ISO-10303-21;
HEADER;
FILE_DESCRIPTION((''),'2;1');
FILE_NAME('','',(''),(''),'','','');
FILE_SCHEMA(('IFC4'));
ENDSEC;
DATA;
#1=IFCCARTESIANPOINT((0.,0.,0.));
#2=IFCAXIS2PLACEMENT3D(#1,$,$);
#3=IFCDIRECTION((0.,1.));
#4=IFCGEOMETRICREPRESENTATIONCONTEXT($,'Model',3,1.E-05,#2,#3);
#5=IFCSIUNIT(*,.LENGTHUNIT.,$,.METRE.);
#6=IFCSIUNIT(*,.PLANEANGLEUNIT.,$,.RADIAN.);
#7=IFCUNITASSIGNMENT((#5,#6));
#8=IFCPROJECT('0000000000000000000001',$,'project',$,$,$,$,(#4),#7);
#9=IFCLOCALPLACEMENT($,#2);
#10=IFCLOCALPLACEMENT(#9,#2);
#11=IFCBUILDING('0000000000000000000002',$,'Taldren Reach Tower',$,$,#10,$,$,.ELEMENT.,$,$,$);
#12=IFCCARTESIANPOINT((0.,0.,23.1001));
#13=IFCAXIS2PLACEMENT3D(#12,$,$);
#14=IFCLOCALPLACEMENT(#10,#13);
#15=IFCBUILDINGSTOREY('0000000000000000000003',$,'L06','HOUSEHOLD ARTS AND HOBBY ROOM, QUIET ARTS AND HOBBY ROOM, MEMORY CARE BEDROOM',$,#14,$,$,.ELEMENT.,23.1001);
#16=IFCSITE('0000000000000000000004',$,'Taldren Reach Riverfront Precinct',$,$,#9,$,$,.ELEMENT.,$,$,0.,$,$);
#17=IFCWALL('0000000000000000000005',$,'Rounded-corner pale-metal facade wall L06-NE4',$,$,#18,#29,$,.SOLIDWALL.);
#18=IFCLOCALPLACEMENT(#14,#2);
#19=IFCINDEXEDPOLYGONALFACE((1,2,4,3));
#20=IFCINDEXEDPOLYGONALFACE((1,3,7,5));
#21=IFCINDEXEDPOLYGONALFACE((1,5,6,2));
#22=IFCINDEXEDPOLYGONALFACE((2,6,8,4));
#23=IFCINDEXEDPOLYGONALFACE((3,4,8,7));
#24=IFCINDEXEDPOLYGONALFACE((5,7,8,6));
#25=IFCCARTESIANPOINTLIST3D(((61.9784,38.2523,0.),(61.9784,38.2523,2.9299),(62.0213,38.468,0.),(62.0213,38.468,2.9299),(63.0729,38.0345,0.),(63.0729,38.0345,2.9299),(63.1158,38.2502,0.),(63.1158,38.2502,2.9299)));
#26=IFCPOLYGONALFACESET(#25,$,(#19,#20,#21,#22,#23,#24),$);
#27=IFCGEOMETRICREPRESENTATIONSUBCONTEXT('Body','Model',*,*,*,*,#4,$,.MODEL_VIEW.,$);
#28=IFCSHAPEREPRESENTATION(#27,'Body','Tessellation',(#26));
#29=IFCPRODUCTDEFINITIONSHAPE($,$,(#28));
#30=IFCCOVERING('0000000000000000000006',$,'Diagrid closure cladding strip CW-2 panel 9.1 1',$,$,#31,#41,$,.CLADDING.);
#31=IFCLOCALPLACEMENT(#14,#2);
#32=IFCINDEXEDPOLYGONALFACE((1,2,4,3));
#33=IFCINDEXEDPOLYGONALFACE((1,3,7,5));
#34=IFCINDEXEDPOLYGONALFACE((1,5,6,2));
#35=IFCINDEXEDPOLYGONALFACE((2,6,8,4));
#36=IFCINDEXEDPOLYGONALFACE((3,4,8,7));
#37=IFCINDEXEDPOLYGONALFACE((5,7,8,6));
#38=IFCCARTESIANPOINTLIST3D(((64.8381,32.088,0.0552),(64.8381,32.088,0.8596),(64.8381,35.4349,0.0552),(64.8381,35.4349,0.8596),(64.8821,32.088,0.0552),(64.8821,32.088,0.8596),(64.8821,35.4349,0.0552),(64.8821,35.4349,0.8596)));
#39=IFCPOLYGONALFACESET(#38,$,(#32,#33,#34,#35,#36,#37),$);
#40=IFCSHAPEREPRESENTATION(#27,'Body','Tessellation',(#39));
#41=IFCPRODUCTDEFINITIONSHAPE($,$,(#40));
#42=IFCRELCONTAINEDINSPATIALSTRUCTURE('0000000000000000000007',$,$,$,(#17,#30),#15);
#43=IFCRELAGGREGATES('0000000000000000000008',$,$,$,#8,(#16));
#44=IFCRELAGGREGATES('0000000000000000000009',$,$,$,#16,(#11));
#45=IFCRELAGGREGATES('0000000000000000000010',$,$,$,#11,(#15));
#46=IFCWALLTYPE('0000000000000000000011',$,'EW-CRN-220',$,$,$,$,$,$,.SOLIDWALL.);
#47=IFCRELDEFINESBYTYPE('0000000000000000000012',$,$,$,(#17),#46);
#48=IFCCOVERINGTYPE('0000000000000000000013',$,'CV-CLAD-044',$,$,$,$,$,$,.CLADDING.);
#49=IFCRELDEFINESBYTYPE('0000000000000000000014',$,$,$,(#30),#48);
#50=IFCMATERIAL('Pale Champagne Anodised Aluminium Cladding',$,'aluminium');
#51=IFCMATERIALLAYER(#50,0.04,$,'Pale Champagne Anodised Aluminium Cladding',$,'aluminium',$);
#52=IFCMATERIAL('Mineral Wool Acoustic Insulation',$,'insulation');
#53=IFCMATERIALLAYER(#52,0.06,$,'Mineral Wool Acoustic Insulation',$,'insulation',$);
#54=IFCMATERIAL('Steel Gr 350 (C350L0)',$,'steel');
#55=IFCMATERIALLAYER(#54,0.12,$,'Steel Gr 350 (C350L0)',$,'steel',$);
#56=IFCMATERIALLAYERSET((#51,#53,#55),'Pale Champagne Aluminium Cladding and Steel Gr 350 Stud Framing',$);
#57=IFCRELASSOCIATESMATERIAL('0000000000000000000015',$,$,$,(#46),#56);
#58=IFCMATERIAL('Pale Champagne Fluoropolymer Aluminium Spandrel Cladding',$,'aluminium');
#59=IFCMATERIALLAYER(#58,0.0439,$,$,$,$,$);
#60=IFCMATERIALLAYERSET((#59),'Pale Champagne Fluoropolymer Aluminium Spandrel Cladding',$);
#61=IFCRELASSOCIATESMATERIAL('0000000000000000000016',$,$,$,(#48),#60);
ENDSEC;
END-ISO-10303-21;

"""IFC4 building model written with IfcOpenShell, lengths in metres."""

from ifc_helpers import new_model, si_unit, direction, frame, frame_2d, origin, origin_2d, place, context, subcontext, project, spatial, rectangle, extrude, source, transform, mapped, material, layer, layer_set, type_object, element, save


model = new_model("IFC4")

# Units and contexts
model_context = context("Model", 3, precision=1e-05, world=origin(), true_north=direction((0.0, 1.0)))
body_context = subcontext(model_context, "Body", "Model", "MODEL_VIEW")
ifc_project = project(units=[si_unit("LENGTHUNIT", "METRE"), si_unit("PLANEANGLEUNIT", "RADIAN")], contexts=[model_context])

# Site, building, storey
site_placement = place(None, origin())
site = spatial("IfcSite", under=ifc_project, at=site_placement, Name="Taldren Reach Riverfront Precinct", CompositionType="ELEMENT", RefElevation=0.0)
building_placement = place(site_placement, origin())
building = spatial("IfcBuilding", under=site, at=building_placement, Name="Taldren Reach Tower", CompositionType="ELEMENT")
storey_placement = place(building_placement, frame((0.0, 0.0, 23.1001)))
storey = spatial("IfcBuildingStorey", under=building, at=storey_placement, Name="L06", Description="HOUSEHOLD ARTS AND HOBBY ROOM, QUIET ARTS AND HOBBY ROOM, MEMORY CARE BEDROOM", CompositionType="ELEMENT", Elevation=23.1001)

# Shared definitions
ifc_material_1 = material(Name="Steel Gr 350 (C350L0)", Category="steel")

# Wall
ifc_material_2 = material(Name="Pale Champagne Anodised Aluminium Cladding", Category="aluminium")
ifc_layer_1 = layer(ifc_material_2, 0.04, Name="Pale Champagne Anodised Aluminium Cladding", Category="aluminium")
ifc_material_3 = material(Name="Mineral Wool Acoustic Insulation", Category="insulation")
ifc_layer_2 = layer(ifc_material_3, 0.06, Name="Mineral Wool Acoustic Insulation", Category="insulation")
ifc_layer_3 = layer(ifc_material_1, 0.12, Name="Steel Gr 350 (C350L0)", Category="steel")
ifc_layer_set_1 = layer_set([ifc_layer_1, ifc_layer_2, ifc_layer_3], Name="Pale Champagne Aluminium Cladding and Steel Gr 350 Stud Framing")
wall_type = type_object("IfcWallType", Name="EW-CRN-220", PredefinedType="SOLIDWALL", material=ifc_layer_set_1)
shared_shape_1 = source(origin(), body_context, "Body", "SweptSolid", [
    extrude(rectangle(XDim=1.116, YDim=0.22, at=frame_2d((0.5581, 0.0))), origin(), (0.0, 0.0, 1.0), 2.9299),
])
for number, where, z_axis, x_axis, name in (
    (1, (63.0945, 38.1423, 0.0), (0.0, 0.0, 1.0), (-0.980774, 0.195148, 0.0), "Rounded-corner pale-metal facade wall L06-NE4"),
):
    element("IfcWall", number, at=place(storey_placement, frame(where, z_axis=z_axis, x_axis=x_axis)), inside=storey, type_object=wall_type, Name=name, PredefinedType="SOLIDWALL", context=body_context, shape_type="MappedRepresentation", body=[
        mapped(shared_shape_1, transform((0.0, 0.0, 0.0), scale=1.0)),
    ])

# Covering
ifc_material_4 = material(Name="Pale Champagne Fluoropolymer Aluminium Spandrel Cladding", Category="aluminium")
ifc_layer_4 = layer(ifc_material_4, 0.0439)
ifc_layer_set_2 = layer_set([ifc_layer_4], Name="Pale Champagne Fluoropolymer Aluminium Spandrel Cladding")
covering_type = type_object("IfcCoveringType", Name="CV-CLAD-044", PredefinedType="CLADDING", material=ifc_layer_set_2)
shared_shape_2 = source(origin(), body_context, "Body", "SweptSolid", [
    extrude(rectangle(XDim=3.3469, YDim=0.0439, at=origin_2d()), origin(), (0.0, 0.0, 1.0), 0.8044),
])
covering_placement = place(storey_placement, frame((64.8601, 33.7615, 0.0552), z_axis=(0.0, 0.0, 1.0), x_axis=(0.0, 1.0, 0.0)))
element("IfcCovering", 2, at=covering_placement, inside=storey, type_object=covering_type, Name="Diagrid closure cladding strip CW-2 panel 9.1 1", PredefinedType="CLADDING", context=body_context, shape_type="MappedRepresentation", body=[
    mapped(shared_shape_2, transform((0.0, 0.0, 0.0), scale=1.0)),
])

save(model, "model.ifc")
